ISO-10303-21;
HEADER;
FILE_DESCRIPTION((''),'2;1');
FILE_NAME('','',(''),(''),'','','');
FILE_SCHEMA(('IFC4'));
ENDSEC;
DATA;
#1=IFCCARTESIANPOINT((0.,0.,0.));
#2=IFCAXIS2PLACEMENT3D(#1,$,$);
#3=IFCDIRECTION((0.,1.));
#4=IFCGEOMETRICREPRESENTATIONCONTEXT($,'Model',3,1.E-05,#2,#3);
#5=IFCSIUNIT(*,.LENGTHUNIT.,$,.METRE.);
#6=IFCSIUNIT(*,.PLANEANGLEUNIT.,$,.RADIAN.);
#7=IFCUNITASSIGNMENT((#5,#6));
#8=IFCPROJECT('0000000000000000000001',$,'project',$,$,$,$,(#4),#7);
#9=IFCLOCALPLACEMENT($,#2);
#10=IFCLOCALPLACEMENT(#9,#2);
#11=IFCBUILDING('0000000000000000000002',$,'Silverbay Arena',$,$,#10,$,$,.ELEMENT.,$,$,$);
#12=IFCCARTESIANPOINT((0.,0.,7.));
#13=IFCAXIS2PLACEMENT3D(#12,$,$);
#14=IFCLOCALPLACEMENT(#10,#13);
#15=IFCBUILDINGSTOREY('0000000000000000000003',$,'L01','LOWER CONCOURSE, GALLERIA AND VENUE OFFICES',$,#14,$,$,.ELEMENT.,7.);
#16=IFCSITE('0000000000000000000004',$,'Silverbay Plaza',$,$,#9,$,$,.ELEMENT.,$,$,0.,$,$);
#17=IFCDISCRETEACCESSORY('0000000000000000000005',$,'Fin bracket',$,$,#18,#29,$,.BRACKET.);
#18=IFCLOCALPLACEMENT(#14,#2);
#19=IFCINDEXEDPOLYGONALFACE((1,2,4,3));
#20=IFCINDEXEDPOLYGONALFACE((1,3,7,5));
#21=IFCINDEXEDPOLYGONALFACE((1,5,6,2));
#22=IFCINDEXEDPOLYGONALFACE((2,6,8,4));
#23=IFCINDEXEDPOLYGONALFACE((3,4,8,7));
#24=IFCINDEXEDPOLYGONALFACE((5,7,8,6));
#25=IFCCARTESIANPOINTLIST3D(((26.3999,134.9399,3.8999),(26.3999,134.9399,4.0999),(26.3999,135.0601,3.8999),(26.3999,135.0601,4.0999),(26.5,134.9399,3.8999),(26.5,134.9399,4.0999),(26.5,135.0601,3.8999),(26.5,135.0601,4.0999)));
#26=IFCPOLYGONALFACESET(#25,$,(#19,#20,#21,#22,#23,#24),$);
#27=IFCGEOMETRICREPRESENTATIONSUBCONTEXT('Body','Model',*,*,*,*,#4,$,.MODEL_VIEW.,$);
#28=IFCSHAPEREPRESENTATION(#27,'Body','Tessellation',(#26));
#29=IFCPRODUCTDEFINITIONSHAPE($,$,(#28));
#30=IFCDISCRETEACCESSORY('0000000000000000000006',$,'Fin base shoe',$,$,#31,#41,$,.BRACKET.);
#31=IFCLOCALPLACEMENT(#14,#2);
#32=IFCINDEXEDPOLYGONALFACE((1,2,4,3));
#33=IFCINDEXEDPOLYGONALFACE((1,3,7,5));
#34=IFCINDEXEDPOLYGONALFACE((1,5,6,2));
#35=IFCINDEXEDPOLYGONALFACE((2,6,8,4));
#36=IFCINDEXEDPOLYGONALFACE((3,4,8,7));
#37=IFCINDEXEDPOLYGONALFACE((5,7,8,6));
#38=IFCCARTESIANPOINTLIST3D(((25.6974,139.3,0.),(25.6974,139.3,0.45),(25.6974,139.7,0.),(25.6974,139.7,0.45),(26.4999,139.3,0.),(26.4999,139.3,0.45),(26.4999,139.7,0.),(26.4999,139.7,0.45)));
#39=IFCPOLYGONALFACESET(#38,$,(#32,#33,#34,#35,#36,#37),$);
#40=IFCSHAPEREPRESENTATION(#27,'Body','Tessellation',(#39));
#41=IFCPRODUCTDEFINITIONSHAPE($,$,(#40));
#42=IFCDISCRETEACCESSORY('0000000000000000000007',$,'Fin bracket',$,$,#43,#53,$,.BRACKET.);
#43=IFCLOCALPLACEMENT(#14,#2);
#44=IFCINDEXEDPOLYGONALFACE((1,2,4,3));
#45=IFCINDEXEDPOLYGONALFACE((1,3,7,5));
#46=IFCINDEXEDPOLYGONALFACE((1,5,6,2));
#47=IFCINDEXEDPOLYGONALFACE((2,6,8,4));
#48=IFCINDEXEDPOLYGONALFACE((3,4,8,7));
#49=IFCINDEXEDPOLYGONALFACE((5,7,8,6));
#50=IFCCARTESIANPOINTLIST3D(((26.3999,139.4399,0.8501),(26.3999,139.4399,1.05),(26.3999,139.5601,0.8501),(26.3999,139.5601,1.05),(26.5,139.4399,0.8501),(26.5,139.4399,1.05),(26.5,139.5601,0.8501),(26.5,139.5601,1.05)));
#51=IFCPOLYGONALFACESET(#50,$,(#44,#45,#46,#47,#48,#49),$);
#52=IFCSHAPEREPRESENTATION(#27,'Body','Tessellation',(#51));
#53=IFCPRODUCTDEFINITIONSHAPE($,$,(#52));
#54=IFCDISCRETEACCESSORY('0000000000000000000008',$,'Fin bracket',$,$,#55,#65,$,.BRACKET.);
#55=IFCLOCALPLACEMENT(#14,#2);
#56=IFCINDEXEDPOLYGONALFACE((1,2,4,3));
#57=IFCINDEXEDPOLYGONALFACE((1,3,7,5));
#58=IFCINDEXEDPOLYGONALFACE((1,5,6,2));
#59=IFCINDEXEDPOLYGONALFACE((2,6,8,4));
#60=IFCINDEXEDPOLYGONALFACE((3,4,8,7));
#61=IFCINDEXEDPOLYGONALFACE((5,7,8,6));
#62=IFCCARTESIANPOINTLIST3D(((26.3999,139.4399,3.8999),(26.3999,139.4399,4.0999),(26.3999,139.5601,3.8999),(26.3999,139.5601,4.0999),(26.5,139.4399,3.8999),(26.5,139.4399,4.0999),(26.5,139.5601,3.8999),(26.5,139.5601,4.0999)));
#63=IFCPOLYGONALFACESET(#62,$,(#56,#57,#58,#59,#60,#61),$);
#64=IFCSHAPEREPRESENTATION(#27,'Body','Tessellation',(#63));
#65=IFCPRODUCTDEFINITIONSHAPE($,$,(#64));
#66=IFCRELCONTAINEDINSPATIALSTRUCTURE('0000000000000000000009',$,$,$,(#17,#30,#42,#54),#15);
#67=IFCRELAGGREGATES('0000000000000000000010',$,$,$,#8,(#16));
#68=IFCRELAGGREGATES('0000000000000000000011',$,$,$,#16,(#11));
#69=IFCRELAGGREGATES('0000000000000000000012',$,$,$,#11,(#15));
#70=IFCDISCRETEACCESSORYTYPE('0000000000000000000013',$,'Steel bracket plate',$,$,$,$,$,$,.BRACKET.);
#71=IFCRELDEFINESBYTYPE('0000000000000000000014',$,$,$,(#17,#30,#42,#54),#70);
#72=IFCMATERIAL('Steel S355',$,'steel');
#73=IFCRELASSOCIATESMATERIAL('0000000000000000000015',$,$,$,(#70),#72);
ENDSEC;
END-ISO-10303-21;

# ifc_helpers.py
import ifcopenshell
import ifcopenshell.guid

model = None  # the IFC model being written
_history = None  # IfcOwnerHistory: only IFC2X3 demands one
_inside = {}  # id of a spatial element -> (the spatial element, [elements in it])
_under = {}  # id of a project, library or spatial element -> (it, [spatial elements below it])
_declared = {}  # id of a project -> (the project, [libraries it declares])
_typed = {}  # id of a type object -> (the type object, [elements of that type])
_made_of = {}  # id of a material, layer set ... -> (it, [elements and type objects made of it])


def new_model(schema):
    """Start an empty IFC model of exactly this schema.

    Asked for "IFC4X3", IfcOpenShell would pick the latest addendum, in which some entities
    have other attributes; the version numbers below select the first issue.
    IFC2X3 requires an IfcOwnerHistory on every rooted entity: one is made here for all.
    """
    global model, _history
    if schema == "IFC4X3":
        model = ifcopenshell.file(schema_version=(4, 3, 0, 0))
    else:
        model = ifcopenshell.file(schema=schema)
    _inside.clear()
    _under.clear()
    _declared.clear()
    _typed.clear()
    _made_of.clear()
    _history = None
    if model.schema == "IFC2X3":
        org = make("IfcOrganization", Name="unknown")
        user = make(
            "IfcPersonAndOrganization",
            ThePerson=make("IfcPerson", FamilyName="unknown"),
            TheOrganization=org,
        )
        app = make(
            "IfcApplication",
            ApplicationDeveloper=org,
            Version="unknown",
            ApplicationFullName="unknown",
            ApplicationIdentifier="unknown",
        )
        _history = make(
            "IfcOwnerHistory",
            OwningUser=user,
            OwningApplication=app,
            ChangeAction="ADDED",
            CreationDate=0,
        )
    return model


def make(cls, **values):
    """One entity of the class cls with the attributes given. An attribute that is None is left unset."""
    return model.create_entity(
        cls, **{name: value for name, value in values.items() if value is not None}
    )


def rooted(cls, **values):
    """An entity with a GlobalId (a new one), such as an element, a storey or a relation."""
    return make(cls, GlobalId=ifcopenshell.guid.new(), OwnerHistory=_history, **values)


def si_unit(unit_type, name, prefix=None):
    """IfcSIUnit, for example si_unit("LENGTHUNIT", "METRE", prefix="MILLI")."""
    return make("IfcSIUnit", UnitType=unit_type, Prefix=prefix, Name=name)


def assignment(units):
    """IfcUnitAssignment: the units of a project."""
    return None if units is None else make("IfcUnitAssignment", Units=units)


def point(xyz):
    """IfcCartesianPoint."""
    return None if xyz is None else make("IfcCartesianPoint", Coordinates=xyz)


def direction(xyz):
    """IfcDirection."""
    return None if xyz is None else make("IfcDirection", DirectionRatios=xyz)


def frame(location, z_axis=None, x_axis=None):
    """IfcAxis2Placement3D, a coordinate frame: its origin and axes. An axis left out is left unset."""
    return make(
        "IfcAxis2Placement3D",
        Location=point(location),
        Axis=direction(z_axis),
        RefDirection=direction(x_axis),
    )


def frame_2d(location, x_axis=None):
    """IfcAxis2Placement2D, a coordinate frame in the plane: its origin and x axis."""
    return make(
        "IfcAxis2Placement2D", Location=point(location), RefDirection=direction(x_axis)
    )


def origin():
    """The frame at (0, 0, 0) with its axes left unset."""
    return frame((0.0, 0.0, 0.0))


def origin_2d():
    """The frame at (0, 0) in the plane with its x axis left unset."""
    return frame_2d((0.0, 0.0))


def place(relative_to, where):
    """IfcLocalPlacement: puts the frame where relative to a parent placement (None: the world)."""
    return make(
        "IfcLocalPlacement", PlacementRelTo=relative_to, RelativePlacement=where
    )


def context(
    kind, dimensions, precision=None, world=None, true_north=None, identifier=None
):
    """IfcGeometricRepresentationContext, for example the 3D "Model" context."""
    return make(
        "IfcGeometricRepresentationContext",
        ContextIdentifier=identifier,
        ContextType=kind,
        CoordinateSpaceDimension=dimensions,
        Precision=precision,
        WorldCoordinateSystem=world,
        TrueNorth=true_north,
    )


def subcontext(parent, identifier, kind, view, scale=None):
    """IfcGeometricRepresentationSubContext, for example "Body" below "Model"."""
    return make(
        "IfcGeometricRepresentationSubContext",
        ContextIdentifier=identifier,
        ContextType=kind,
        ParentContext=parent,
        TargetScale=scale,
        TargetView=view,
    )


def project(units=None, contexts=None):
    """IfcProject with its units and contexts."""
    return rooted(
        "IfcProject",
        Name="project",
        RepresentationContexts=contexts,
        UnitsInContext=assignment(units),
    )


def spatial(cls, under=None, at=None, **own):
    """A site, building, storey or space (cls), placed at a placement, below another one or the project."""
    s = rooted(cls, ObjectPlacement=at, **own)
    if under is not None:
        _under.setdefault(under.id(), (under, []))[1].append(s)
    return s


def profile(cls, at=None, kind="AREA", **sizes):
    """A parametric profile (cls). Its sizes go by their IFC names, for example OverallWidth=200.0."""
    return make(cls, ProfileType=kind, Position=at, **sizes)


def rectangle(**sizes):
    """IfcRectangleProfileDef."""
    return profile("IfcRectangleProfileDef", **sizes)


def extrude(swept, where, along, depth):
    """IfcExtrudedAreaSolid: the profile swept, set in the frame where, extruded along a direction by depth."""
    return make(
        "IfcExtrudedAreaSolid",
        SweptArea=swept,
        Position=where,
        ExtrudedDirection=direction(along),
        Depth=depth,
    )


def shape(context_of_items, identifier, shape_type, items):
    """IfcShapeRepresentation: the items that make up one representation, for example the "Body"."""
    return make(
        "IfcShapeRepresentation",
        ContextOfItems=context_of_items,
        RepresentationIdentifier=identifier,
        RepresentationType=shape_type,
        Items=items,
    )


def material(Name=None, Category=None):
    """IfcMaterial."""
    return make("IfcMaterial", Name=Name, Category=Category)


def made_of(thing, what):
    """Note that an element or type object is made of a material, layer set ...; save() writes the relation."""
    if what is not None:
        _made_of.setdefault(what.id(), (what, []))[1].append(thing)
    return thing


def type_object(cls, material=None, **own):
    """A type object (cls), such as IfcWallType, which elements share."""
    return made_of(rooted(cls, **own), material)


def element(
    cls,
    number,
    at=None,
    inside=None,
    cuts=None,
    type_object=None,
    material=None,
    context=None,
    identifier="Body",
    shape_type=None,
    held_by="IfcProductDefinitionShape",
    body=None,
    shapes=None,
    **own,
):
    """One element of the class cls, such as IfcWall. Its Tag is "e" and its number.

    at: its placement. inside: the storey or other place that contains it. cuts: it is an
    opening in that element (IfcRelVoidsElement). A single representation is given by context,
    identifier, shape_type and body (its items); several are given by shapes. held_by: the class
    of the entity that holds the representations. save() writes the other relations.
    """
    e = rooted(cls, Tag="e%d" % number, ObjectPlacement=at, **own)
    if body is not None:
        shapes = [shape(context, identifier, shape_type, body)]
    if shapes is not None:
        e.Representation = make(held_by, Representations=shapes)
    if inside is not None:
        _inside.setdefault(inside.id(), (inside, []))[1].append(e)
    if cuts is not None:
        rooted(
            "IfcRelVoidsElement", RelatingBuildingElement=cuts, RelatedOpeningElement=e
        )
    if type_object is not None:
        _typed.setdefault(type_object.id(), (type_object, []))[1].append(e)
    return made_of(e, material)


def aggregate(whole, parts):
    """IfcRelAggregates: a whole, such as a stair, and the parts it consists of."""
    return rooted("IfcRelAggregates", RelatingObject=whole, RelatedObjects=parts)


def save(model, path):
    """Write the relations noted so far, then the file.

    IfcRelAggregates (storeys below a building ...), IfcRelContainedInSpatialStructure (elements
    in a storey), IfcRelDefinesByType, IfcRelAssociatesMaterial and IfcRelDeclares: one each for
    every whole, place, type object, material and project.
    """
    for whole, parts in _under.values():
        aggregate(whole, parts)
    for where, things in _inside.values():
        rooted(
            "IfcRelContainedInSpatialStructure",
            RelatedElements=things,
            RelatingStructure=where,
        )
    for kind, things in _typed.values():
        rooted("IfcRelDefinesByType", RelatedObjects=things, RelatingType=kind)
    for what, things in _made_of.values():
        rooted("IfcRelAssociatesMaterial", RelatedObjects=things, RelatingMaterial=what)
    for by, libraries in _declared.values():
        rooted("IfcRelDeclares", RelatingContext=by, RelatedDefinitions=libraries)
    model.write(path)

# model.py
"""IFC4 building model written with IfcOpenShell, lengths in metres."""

from ifc_helpers import new_model, si_unit, direction, frame, origin, origin_2d, place, context, subcontext, project, spatial, rectangle, extrude, material, type_object, element, save


model = new_model("IFC4")

# Units and contexts
model_context = context("Model", 3, precision=1e-05, world=origin(), true_north=direction((0.0, 1.0)))
body_context = subcontext(model_context, "Body", "Model", "MODEL_VIEW")
ifc_project = project(units=[si_unit("LENGTHUNIT", "METRE"), si_unit("PLANEANGLEUNIT", "RADIAN")], contexts=[model_context])

# Site, building, storey
site_placement = place(None, origin())
site = spatial("IfcSite", under=ifc_project, at=site_placement, Name="Silverbay Plaza", CompositionType="ELEMENT", RefElevation=0.0)
building_placement = place(site_placement, origin())
building = spatial("IfcBuilding", under=site, at=building_placement, Name="Silverbay Arena", CompositionType="ELEMENT")
storey_placement = place(building_placement, frame((0.0, 0.0, 7.0)))
storey = spatial("IfcBuildingStorey", under=building, at=storey_placement, Name="L01", Description="LOWER CONCOURSE, GALLERIA AND VENUE OFFICES", CompositionType="ELEMENT", Elevation=7.0)

# Discrete accessories
ifc_material_1 = material(Name="Steel S355", Category="steel")
discrete_accessory_type = type_object("IfcDiscreteAccessoryType", Name="Steel bracket plate", PredefinedType="BRACKET", material=ifc_material_1)
for number, where, z_axis, x_axis, name in (
    (1, (26.45, 135.0, 3.8999), (0.0, 0.0, 1.0), (1.0, 0.0, 0.0), "Fin bracket"),
):
    element("IfcDiscreteAccessory", number, at=place(storey_placement, frame(where, z_axis=z_axis, x_axis=x_axis)), inside=storey, type_object=discrete_accessory_type, Name=name, PredefinedType="BRACKET", context=body_context, shape_type="SweptSolid", body=[
        extrude(rectangle(XDim=0.1001, YDim=0.1201, at=origin_2d()), origin(), (0.0, 0.0, 1.0), 0.2),
    ])
discrete_accessory_1_placement = place(storey_placement, frame((26.0986, 139.5, 0.0), z_axis=(0.0, 0.0, 1.0), x_axis=(1.0, 0.0, 0.0)))
element("IfcDiscreteAccessory", 2, at=discrete_accessory_1_placement, inside=storey, type_object=discrete_accessory_type, Name="Fin base shoe", PredefinedType="BRACKET", context=body_context, shape_type="SweptSolid", body=[
    extrude(rectangle(XDim=0.8025, YDim=0.3999, at=origin_2d()), origin(), (0.0, 0.0, 1.0), 0.45),
])
for number, where, z_axis, x_axis, name in (
    (3, (26.45, 139.5, 0.8501), (0.0, 0.0, 1.0), (1.0, 0.0, 0.0), "Fin bracket"),
    (4, (26.45, 139.5, 3.8999), (0.0, 0.0, 1.0), (1.0, 0.0, 0.0), "Fin bracket"),
):
    element("IfcDiscreteAccessory", number, at=place(storey_placement, frame(where, z_axis=z_axis, x_axis=x_axis)), inside=storey, type_object=discrete_accessory_type, Name=name, PredefinedType="BRACKET", context=body_context, shape_type="SweptSolid", body=[
        extrude(rectangle(XDim=0.1001, YDim=0.1201, at=origin_2d()), origin(), (0.0, 0.0, 1.0), 0.2),
    ])

save(model, "model.ifc")
